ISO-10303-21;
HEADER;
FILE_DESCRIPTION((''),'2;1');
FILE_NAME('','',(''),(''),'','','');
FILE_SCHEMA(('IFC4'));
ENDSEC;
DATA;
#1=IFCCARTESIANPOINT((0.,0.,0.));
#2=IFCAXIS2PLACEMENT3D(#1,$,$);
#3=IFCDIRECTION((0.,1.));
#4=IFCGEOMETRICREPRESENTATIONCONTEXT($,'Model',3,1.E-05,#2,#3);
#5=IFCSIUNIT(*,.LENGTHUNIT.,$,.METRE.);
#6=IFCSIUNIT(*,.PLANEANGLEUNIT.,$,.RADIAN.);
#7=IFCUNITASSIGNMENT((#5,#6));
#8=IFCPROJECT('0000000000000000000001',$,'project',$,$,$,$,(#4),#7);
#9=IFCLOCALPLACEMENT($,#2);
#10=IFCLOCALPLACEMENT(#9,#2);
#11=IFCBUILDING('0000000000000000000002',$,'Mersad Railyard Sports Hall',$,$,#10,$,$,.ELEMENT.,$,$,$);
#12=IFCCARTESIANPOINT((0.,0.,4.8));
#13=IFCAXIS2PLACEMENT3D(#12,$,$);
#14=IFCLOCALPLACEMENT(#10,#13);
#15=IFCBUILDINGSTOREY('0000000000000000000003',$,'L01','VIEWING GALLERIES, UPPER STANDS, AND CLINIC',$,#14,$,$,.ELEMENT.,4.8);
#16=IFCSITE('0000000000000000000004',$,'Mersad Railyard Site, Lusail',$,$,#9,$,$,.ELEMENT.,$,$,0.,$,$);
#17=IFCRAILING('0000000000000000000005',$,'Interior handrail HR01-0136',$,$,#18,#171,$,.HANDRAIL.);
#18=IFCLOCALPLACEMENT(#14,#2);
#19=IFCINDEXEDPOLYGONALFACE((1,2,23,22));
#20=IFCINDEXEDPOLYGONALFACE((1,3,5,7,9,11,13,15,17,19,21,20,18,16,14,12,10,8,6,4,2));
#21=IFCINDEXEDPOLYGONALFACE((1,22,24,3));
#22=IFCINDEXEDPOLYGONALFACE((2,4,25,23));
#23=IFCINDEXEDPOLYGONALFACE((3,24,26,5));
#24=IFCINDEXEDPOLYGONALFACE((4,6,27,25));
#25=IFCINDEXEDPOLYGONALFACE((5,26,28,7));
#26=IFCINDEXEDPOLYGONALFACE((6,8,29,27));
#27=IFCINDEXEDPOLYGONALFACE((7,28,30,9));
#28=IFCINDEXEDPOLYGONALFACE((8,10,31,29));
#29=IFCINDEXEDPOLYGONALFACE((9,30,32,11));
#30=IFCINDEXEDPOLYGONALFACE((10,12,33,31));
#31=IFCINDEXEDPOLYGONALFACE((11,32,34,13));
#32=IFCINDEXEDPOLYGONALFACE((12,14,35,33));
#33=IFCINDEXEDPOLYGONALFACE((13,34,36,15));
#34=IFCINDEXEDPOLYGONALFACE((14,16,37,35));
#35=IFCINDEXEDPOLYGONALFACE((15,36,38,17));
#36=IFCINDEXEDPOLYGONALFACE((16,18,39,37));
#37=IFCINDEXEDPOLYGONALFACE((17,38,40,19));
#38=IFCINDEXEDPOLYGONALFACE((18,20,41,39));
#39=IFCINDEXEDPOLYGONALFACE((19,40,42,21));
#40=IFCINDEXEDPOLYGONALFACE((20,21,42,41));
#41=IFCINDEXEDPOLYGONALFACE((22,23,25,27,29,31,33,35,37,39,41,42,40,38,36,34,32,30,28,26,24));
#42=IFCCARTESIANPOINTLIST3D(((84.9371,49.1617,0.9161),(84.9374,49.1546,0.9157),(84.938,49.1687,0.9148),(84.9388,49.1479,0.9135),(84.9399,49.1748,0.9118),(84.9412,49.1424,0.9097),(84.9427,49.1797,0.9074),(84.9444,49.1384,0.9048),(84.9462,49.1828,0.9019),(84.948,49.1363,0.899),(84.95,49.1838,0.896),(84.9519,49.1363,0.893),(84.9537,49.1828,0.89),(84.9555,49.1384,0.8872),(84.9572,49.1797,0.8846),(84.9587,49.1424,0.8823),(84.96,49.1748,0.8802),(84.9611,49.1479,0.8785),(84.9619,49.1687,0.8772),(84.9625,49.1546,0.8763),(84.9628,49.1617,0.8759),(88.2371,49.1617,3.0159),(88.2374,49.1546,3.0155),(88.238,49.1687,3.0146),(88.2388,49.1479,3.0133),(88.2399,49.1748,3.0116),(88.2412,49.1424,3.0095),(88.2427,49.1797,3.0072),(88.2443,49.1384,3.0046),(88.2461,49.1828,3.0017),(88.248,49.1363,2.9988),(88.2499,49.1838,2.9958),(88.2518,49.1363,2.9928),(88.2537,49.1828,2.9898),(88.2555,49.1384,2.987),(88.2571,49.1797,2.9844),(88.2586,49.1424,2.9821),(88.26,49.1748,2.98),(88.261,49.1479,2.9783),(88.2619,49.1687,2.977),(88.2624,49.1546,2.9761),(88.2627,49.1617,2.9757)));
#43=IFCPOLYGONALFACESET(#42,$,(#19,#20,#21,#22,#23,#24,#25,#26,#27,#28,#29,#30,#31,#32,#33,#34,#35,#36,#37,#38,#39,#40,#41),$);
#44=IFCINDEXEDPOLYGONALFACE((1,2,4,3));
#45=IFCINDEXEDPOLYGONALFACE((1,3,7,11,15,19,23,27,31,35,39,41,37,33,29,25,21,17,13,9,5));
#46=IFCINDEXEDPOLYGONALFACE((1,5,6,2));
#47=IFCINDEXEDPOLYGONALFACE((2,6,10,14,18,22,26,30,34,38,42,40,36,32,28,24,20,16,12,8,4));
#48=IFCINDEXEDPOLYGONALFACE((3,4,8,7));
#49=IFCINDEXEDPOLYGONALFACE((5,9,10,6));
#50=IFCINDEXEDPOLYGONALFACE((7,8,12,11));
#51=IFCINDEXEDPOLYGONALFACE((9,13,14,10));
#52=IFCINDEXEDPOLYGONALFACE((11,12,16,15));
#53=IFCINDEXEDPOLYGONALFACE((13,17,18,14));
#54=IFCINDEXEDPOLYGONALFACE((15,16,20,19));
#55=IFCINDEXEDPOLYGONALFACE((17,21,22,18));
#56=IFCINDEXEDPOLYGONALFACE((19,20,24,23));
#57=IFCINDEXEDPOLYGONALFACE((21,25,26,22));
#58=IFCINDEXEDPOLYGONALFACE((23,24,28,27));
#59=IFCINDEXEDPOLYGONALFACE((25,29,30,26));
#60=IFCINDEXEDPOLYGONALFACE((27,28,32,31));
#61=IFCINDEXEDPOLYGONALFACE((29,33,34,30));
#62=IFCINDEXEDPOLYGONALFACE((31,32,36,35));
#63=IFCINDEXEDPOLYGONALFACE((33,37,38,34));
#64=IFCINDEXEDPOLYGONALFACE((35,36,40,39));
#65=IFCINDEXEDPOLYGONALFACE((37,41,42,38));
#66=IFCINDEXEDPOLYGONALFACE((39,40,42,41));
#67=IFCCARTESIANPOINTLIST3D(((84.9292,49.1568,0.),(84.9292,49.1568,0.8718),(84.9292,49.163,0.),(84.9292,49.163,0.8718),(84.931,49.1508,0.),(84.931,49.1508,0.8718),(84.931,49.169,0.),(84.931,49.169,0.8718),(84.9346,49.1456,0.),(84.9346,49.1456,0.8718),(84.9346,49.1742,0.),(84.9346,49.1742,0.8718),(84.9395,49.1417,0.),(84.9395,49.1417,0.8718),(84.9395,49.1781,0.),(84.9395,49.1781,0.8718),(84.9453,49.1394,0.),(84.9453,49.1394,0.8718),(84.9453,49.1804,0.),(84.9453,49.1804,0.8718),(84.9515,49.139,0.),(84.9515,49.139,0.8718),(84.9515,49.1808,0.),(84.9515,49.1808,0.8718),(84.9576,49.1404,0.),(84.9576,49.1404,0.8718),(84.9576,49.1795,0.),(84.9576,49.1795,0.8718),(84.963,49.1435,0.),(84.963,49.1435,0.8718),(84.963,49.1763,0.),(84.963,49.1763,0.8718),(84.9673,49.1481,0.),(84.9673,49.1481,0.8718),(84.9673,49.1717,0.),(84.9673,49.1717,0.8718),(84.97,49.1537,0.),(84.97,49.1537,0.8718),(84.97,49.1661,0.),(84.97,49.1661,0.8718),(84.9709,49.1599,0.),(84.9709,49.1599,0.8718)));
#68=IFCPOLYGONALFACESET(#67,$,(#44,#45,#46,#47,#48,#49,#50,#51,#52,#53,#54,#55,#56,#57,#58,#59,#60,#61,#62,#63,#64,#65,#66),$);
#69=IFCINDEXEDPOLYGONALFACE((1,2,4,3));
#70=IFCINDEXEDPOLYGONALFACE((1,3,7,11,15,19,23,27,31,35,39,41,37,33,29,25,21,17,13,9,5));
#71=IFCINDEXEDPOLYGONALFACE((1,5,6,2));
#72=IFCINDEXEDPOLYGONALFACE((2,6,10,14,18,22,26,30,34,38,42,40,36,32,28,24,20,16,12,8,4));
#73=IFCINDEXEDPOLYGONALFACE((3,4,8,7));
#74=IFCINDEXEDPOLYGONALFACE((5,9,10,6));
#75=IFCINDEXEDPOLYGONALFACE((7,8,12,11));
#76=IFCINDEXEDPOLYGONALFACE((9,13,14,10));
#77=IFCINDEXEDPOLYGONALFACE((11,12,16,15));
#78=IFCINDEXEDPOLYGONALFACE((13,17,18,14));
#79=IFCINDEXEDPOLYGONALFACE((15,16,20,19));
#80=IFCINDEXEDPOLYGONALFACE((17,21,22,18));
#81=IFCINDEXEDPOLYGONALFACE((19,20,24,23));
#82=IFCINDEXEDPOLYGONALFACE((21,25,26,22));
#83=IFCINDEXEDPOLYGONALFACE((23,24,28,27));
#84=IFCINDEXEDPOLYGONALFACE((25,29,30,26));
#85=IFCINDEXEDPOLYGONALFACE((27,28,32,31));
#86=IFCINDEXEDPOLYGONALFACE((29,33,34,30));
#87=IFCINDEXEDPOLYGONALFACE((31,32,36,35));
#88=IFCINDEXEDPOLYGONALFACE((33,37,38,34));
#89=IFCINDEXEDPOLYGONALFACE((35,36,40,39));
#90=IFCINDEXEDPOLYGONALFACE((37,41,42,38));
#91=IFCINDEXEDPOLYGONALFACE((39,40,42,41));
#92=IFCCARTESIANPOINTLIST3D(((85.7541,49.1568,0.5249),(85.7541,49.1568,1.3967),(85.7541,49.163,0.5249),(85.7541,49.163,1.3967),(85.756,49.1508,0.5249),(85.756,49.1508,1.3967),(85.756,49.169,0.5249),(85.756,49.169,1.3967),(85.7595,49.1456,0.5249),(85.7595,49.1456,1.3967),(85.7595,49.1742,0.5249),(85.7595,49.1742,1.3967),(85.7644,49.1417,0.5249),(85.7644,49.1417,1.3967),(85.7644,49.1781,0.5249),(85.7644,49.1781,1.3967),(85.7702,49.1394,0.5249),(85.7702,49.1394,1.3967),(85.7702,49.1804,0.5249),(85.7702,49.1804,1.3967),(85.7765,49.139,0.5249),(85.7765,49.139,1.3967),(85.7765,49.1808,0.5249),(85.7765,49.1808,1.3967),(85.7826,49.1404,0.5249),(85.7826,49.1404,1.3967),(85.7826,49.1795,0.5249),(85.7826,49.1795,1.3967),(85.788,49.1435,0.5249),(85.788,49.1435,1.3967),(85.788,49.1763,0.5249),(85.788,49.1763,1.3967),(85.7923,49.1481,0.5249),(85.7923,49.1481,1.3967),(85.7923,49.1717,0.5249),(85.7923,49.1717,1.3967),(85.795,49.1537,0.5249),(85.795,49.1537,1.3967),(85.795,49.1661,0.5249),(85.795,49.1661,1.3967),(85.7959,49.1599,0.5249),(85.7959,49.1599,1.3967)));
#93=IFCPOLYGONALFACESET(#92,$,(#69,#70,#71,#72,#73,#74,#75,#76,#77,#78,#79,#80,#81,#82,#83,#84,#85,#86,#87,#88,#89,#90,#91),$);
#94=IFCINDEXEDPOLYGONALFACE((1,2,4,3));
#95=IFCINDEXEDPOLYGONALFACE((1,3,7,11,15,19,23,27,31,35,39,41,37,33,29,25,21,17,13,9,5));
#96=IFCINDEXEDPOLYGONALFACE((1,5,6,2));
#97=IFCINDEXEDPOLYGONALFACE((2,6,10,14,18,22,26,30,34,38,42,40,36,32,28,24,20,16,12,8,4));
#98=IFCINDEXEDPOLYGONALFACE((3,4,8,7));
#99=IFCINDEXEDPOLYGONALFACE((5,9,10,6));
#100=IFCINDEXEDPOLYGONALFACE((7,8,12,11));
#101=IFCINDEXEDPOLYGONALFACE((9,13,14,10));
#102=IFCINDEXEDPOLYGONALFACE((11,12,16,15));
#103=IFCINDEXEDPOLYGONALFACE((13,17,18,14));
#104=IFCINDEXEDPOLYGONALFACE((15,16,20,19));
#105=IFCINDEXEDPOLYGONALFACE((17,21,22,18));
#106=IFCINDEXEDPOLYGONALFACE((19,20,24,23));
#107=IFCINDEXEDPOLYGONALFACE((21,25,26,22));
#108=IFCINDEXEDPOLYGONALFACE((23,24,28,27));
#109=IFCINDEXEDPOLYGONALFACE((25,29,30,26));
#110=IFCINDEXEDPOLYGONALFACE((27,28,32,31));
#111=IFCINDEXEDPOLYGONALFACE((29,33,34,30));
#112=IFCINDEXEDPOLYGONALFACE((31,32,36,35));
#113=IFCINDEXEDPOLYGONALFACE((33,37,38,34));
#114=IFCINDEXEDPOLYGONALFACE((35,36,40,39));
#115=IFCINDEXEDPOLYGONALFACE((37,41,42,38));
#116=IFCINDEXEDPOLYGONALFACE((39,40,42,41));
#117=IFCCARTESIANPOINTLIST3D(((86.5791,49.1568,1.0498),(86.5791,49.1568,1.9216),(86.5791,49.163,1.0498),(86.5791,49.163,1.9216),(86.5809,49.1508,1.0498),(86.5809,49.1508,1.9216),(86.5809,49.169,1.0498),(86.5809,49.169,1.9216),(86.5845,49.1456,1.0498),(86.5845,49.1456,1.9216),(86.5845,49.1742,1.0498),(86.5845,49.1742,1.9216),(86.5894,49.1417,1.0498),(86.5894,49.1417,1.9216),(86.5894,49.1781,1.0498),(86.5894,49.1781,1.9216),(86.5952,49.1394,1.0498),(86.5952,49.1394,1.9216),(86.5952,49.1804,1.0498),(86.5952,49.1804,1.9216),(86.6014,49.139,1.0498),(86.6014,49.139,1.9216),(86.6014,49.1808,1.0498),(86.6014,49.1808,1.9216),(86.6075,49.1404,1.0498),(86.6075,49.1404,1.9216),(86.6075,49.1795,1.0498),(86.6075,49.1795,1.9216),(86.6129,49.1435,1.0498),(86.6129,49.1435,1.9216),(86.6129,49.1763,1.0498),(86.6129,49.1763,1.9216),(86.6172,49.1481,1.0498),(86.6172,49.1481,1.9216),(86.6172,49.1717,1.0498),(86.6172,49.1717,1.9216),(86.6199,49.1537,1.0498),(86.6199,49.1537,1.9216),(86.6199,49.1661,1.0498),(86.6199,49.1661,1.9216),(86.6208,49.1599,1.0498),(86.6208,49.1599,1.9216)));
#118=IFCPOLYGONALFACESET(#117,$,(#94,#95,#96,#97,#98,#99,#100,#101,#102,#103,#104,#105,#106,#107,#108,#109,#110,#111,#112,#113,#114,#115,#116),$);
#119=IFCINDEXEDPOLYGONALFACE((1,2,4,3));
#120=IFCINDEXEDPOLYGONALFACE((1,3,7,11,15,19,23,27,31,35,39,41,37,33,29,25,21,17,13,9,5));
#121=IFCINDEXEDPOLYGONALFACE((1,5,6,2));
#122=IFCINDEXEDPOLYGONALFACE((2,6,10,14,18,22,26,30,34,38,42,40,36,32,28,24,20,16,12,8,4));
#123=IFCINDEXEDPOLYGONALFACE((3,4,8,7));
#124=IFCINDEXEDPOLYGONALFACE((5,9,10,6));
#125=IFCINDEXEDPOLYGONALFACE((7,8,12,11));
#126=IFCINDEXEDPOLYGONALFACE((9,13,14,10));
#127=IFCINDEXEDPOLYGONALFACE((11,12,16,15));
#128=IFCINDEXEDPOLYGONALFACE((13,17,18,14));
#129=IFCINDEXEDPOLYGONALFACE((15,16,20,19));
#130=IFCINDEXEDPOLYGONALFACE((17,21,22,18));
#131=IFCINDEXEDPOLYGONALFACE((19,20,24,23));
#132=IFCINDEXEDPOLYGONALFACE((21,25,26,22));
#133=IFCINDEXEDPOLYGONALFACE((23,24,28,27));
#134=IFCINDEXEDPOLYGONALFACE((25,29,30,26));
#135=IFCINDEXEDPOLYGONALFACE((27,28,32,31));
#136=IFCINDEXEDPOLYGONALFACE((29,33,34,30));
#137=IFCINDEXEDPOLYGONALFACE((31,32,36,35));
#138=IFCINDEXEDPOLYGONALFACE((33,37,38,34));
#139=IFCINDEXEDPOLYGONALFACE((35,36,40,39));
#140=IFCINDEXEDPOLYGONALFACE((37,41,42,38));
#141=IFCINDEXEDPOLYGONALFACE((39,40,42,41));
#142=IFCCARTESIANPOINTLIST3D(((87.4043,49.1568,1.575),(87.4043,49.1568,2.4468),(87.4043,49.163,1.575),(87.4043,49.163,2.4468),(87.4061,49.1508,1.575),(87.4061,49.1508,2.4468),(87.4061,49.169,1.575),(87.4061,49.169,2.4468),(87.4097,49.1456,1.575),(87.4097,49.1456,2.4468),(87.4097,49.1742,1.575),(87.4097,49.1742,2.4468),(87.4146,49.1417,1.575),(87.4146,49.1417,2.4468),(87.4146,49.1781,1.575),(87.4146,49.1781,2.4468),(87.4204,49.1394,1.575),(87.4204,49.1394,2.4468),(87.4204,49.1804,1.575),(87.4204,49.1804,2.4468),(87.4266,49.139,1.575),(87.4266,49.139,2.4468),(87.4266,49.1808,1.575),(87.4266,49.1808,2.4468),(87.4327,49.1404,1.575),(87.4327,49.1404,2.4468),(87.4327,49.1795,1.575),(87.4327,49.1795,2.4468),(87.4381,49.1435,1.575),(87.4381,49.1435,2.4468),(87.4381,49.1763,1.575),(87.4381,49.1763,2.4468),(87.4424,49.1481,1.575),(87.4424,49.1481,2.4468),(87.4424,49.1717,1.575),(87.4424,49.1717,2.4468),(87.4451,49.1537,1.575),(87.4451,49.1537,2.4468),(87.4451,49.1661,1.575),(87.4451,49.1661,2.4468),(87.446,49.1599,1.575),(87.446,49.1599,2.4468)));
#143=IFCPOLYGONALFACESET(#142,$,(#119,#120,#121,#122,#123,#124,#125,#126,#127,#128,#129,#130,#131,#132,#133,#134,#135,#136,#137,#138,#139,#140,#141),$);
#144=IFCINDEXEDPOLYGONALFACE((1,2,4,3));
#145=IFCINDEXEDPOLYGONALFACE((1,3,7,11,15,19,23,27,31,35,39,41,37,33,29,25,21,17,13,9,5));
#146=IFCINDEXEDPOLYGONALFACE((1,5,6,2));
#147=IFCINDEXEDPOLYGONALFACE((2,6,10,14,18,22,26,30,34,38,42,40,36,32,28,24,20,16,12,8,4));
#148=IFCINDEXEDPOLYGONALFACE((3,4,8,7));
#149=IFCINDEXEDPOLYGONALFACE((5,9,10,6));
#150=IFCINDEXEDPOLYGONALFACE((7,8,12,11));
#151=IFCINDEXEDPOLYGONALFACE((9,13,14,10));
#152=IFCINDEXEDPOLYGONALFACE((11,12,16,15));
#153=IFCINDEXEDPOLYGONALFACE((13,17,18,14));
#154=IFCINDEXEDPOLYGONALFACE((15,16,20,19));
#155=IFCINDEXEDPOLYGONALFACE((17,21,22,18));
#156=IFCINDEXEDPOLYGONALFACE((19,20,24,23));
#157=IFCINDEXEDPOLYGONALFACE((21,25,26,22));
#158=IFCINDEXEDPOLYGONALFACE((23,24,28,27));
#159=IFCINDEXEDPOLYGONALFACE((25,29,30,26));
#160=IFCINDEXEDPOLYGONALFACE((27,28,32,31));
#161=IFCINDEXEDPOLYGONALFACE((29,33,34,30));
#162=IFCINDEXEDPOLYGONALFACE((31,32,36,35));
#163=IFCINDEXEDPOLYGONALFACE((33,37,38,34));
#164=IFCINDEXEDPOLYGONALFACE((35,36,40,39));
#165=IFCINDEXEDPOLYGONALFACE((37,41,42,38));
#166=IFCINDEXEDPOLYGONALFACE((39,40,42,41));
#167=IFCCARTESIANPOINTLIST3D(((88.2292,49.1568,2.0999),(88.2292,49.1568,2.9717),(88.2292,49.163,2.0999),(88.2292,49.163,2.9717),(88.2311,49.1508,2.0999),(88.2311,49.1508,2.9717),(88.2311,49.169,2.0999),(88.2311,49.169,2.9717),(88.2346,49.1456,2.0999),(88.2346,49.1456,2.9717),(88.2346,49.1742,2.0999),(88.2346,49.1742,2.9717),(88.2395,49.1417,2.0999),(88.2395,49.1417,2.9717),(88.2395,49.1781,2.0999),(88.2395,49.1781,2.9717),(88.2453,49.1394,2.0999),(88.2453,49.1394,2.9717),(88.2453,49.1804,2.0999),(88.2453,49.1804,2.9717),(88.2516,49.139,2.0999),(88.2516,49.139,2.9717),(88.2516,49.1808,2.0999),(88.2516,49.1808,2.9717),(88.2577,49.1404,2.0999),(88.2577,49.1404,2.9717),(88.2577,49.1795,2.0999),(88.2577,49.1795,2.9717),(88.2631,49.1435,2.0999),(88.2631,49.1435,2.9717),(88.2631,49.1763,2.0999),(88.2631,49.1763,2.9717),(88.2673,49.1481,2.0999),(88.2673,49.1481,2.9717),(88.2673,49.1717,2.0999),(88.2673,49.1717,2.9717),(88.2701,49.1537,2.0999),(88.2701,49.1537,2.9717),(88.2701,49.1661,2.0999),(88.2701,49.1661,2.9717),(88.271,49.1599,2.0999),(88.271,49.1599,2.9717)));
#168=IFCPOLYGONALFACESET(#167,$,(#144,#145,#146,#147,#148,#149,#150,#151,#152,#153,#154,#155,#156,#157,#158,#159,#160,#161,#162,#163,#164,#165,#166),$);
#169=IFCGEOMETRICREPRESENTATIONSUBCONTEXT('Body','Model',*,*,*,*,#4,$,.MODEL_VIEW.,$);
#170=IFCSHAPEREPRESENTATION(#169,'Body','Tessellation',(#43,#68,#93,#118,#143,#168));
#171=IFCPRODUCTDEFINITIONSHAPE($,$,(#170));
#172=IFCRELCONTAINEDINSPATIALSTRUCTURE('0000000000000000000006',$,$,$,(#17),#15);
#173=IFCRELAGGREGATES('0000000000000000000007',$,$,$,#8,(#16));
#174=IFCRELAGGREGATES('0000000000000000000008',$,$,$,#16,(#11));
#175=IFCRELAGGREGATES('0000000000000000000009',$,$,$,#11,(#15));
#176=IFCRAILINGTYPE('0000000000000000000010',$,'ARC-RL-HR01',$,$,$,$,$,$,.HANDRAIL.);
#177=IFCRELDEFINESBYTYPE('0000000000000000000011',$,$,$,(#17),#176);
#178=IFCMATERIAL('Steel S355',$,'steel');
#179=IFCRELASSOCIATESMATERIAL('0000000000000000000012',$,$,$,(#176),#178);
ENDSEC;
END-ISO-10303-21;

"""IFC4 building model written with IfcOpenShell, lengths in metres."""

from ifc_helpers import new_model, si_unit, direction, frame, origin, origin_2d, place, context, subcontext, project, spatial, circle, extrude, material, type_object, element, save


model = new_model("IFC4")

# Units and contexts
model_context = context("Model", 3, precision=1e-05, world=origin(), true_north=direction((0.0, 1.0)))
body_context = subcontext(model_context, "Body", "Model", "MODEL_VIEW")
ifc_project = project(units=[si_unit("LENGTHUNIT", "METRE"), si_unit("PLANEANGLEUNIT", "RADIAN")], contexts=[model_context])

# Site, building, storey
site_placement = place(None, origin())
site = spatial("IfcSite", under=ifc_project, at=site_placement, Name="Mersad Railyard Site, Lusail", CompositionType="ELEMENT", RefElevation=0.0)
building_placement = place(site_placement, origin())
building = spatial("IfcBuilding", under=site, at=building_placement, Name="Mersad Railyard Sports Hall", CompositionType="ELEMENT")
storey_placement = place(building_placement, frame((0.0, 0.0, 4.8)))
storey = spatial("IfcBuildingStorey", under=building, at=storey_placement, Name="L01", Description="VIEWING GALLERIES, UPPER STANDS, AND CLINIC", CompositionType="ELEMENT", Elevation=4.8)

# Shared definitions
ifc_material_1 = material(Name="Steel S355", Category="steel")

# Railing
railing_type_1 = type_object("IfcRailingType", Name="ARC-RL-HR01", PredefinedType="HANDRAIL", material=ifc_material_1)
railing_1_placement = place(storey_placement, frame((84.95, 49.1599, 0.0)))
element("IfcRailing", 1, at=railing_1_placement, inside=storey, type_object=railing_type_1, Name="Interior handrail HR01-0136", PredefinedType="HANDRAIL", context=body_context, shape_type="SweptSolid", body=[
    extrude(circle(Radius=0.0239, at=origin_2d()), frame((0.0, 0.0, 0.896), z_axis=(0.843682, 0.0, 0.536843), x_axis=(0.0, 1.0, 0.0)), (0.0, 0.0, 1.0), 3.9114),
    extrude(circle(Radius=0.021, at=origin_2d()), origin(), (0.0, 0.0, 1.0), 0.8718),
    extrude(circle(Radius=0.021, at=origin_2d()), frame((0.825, 0.0, 0.5249)), (0.0, 0.0, 1.0), 0.8718),
    extrude(circle(Radius=0.021, at=origin_2d()), frame((1.6499, 0.0, 1.0498)), (0.0, 0.0, 1.0), 0.8718),
    extrude(circle(Radius=0.021, at=origin_2d()), frame((2.4751, 0.0, 1.575)), (0.0, 0.0, 1.0), 0.8718),
    extrude(circle(Radius=0.021, at=origin_2d()), frame((3.3, 0.0, 2.0999)), (0.0, 0.0, 1.0), 0.8718),
])

save(model, "model.ifc")
